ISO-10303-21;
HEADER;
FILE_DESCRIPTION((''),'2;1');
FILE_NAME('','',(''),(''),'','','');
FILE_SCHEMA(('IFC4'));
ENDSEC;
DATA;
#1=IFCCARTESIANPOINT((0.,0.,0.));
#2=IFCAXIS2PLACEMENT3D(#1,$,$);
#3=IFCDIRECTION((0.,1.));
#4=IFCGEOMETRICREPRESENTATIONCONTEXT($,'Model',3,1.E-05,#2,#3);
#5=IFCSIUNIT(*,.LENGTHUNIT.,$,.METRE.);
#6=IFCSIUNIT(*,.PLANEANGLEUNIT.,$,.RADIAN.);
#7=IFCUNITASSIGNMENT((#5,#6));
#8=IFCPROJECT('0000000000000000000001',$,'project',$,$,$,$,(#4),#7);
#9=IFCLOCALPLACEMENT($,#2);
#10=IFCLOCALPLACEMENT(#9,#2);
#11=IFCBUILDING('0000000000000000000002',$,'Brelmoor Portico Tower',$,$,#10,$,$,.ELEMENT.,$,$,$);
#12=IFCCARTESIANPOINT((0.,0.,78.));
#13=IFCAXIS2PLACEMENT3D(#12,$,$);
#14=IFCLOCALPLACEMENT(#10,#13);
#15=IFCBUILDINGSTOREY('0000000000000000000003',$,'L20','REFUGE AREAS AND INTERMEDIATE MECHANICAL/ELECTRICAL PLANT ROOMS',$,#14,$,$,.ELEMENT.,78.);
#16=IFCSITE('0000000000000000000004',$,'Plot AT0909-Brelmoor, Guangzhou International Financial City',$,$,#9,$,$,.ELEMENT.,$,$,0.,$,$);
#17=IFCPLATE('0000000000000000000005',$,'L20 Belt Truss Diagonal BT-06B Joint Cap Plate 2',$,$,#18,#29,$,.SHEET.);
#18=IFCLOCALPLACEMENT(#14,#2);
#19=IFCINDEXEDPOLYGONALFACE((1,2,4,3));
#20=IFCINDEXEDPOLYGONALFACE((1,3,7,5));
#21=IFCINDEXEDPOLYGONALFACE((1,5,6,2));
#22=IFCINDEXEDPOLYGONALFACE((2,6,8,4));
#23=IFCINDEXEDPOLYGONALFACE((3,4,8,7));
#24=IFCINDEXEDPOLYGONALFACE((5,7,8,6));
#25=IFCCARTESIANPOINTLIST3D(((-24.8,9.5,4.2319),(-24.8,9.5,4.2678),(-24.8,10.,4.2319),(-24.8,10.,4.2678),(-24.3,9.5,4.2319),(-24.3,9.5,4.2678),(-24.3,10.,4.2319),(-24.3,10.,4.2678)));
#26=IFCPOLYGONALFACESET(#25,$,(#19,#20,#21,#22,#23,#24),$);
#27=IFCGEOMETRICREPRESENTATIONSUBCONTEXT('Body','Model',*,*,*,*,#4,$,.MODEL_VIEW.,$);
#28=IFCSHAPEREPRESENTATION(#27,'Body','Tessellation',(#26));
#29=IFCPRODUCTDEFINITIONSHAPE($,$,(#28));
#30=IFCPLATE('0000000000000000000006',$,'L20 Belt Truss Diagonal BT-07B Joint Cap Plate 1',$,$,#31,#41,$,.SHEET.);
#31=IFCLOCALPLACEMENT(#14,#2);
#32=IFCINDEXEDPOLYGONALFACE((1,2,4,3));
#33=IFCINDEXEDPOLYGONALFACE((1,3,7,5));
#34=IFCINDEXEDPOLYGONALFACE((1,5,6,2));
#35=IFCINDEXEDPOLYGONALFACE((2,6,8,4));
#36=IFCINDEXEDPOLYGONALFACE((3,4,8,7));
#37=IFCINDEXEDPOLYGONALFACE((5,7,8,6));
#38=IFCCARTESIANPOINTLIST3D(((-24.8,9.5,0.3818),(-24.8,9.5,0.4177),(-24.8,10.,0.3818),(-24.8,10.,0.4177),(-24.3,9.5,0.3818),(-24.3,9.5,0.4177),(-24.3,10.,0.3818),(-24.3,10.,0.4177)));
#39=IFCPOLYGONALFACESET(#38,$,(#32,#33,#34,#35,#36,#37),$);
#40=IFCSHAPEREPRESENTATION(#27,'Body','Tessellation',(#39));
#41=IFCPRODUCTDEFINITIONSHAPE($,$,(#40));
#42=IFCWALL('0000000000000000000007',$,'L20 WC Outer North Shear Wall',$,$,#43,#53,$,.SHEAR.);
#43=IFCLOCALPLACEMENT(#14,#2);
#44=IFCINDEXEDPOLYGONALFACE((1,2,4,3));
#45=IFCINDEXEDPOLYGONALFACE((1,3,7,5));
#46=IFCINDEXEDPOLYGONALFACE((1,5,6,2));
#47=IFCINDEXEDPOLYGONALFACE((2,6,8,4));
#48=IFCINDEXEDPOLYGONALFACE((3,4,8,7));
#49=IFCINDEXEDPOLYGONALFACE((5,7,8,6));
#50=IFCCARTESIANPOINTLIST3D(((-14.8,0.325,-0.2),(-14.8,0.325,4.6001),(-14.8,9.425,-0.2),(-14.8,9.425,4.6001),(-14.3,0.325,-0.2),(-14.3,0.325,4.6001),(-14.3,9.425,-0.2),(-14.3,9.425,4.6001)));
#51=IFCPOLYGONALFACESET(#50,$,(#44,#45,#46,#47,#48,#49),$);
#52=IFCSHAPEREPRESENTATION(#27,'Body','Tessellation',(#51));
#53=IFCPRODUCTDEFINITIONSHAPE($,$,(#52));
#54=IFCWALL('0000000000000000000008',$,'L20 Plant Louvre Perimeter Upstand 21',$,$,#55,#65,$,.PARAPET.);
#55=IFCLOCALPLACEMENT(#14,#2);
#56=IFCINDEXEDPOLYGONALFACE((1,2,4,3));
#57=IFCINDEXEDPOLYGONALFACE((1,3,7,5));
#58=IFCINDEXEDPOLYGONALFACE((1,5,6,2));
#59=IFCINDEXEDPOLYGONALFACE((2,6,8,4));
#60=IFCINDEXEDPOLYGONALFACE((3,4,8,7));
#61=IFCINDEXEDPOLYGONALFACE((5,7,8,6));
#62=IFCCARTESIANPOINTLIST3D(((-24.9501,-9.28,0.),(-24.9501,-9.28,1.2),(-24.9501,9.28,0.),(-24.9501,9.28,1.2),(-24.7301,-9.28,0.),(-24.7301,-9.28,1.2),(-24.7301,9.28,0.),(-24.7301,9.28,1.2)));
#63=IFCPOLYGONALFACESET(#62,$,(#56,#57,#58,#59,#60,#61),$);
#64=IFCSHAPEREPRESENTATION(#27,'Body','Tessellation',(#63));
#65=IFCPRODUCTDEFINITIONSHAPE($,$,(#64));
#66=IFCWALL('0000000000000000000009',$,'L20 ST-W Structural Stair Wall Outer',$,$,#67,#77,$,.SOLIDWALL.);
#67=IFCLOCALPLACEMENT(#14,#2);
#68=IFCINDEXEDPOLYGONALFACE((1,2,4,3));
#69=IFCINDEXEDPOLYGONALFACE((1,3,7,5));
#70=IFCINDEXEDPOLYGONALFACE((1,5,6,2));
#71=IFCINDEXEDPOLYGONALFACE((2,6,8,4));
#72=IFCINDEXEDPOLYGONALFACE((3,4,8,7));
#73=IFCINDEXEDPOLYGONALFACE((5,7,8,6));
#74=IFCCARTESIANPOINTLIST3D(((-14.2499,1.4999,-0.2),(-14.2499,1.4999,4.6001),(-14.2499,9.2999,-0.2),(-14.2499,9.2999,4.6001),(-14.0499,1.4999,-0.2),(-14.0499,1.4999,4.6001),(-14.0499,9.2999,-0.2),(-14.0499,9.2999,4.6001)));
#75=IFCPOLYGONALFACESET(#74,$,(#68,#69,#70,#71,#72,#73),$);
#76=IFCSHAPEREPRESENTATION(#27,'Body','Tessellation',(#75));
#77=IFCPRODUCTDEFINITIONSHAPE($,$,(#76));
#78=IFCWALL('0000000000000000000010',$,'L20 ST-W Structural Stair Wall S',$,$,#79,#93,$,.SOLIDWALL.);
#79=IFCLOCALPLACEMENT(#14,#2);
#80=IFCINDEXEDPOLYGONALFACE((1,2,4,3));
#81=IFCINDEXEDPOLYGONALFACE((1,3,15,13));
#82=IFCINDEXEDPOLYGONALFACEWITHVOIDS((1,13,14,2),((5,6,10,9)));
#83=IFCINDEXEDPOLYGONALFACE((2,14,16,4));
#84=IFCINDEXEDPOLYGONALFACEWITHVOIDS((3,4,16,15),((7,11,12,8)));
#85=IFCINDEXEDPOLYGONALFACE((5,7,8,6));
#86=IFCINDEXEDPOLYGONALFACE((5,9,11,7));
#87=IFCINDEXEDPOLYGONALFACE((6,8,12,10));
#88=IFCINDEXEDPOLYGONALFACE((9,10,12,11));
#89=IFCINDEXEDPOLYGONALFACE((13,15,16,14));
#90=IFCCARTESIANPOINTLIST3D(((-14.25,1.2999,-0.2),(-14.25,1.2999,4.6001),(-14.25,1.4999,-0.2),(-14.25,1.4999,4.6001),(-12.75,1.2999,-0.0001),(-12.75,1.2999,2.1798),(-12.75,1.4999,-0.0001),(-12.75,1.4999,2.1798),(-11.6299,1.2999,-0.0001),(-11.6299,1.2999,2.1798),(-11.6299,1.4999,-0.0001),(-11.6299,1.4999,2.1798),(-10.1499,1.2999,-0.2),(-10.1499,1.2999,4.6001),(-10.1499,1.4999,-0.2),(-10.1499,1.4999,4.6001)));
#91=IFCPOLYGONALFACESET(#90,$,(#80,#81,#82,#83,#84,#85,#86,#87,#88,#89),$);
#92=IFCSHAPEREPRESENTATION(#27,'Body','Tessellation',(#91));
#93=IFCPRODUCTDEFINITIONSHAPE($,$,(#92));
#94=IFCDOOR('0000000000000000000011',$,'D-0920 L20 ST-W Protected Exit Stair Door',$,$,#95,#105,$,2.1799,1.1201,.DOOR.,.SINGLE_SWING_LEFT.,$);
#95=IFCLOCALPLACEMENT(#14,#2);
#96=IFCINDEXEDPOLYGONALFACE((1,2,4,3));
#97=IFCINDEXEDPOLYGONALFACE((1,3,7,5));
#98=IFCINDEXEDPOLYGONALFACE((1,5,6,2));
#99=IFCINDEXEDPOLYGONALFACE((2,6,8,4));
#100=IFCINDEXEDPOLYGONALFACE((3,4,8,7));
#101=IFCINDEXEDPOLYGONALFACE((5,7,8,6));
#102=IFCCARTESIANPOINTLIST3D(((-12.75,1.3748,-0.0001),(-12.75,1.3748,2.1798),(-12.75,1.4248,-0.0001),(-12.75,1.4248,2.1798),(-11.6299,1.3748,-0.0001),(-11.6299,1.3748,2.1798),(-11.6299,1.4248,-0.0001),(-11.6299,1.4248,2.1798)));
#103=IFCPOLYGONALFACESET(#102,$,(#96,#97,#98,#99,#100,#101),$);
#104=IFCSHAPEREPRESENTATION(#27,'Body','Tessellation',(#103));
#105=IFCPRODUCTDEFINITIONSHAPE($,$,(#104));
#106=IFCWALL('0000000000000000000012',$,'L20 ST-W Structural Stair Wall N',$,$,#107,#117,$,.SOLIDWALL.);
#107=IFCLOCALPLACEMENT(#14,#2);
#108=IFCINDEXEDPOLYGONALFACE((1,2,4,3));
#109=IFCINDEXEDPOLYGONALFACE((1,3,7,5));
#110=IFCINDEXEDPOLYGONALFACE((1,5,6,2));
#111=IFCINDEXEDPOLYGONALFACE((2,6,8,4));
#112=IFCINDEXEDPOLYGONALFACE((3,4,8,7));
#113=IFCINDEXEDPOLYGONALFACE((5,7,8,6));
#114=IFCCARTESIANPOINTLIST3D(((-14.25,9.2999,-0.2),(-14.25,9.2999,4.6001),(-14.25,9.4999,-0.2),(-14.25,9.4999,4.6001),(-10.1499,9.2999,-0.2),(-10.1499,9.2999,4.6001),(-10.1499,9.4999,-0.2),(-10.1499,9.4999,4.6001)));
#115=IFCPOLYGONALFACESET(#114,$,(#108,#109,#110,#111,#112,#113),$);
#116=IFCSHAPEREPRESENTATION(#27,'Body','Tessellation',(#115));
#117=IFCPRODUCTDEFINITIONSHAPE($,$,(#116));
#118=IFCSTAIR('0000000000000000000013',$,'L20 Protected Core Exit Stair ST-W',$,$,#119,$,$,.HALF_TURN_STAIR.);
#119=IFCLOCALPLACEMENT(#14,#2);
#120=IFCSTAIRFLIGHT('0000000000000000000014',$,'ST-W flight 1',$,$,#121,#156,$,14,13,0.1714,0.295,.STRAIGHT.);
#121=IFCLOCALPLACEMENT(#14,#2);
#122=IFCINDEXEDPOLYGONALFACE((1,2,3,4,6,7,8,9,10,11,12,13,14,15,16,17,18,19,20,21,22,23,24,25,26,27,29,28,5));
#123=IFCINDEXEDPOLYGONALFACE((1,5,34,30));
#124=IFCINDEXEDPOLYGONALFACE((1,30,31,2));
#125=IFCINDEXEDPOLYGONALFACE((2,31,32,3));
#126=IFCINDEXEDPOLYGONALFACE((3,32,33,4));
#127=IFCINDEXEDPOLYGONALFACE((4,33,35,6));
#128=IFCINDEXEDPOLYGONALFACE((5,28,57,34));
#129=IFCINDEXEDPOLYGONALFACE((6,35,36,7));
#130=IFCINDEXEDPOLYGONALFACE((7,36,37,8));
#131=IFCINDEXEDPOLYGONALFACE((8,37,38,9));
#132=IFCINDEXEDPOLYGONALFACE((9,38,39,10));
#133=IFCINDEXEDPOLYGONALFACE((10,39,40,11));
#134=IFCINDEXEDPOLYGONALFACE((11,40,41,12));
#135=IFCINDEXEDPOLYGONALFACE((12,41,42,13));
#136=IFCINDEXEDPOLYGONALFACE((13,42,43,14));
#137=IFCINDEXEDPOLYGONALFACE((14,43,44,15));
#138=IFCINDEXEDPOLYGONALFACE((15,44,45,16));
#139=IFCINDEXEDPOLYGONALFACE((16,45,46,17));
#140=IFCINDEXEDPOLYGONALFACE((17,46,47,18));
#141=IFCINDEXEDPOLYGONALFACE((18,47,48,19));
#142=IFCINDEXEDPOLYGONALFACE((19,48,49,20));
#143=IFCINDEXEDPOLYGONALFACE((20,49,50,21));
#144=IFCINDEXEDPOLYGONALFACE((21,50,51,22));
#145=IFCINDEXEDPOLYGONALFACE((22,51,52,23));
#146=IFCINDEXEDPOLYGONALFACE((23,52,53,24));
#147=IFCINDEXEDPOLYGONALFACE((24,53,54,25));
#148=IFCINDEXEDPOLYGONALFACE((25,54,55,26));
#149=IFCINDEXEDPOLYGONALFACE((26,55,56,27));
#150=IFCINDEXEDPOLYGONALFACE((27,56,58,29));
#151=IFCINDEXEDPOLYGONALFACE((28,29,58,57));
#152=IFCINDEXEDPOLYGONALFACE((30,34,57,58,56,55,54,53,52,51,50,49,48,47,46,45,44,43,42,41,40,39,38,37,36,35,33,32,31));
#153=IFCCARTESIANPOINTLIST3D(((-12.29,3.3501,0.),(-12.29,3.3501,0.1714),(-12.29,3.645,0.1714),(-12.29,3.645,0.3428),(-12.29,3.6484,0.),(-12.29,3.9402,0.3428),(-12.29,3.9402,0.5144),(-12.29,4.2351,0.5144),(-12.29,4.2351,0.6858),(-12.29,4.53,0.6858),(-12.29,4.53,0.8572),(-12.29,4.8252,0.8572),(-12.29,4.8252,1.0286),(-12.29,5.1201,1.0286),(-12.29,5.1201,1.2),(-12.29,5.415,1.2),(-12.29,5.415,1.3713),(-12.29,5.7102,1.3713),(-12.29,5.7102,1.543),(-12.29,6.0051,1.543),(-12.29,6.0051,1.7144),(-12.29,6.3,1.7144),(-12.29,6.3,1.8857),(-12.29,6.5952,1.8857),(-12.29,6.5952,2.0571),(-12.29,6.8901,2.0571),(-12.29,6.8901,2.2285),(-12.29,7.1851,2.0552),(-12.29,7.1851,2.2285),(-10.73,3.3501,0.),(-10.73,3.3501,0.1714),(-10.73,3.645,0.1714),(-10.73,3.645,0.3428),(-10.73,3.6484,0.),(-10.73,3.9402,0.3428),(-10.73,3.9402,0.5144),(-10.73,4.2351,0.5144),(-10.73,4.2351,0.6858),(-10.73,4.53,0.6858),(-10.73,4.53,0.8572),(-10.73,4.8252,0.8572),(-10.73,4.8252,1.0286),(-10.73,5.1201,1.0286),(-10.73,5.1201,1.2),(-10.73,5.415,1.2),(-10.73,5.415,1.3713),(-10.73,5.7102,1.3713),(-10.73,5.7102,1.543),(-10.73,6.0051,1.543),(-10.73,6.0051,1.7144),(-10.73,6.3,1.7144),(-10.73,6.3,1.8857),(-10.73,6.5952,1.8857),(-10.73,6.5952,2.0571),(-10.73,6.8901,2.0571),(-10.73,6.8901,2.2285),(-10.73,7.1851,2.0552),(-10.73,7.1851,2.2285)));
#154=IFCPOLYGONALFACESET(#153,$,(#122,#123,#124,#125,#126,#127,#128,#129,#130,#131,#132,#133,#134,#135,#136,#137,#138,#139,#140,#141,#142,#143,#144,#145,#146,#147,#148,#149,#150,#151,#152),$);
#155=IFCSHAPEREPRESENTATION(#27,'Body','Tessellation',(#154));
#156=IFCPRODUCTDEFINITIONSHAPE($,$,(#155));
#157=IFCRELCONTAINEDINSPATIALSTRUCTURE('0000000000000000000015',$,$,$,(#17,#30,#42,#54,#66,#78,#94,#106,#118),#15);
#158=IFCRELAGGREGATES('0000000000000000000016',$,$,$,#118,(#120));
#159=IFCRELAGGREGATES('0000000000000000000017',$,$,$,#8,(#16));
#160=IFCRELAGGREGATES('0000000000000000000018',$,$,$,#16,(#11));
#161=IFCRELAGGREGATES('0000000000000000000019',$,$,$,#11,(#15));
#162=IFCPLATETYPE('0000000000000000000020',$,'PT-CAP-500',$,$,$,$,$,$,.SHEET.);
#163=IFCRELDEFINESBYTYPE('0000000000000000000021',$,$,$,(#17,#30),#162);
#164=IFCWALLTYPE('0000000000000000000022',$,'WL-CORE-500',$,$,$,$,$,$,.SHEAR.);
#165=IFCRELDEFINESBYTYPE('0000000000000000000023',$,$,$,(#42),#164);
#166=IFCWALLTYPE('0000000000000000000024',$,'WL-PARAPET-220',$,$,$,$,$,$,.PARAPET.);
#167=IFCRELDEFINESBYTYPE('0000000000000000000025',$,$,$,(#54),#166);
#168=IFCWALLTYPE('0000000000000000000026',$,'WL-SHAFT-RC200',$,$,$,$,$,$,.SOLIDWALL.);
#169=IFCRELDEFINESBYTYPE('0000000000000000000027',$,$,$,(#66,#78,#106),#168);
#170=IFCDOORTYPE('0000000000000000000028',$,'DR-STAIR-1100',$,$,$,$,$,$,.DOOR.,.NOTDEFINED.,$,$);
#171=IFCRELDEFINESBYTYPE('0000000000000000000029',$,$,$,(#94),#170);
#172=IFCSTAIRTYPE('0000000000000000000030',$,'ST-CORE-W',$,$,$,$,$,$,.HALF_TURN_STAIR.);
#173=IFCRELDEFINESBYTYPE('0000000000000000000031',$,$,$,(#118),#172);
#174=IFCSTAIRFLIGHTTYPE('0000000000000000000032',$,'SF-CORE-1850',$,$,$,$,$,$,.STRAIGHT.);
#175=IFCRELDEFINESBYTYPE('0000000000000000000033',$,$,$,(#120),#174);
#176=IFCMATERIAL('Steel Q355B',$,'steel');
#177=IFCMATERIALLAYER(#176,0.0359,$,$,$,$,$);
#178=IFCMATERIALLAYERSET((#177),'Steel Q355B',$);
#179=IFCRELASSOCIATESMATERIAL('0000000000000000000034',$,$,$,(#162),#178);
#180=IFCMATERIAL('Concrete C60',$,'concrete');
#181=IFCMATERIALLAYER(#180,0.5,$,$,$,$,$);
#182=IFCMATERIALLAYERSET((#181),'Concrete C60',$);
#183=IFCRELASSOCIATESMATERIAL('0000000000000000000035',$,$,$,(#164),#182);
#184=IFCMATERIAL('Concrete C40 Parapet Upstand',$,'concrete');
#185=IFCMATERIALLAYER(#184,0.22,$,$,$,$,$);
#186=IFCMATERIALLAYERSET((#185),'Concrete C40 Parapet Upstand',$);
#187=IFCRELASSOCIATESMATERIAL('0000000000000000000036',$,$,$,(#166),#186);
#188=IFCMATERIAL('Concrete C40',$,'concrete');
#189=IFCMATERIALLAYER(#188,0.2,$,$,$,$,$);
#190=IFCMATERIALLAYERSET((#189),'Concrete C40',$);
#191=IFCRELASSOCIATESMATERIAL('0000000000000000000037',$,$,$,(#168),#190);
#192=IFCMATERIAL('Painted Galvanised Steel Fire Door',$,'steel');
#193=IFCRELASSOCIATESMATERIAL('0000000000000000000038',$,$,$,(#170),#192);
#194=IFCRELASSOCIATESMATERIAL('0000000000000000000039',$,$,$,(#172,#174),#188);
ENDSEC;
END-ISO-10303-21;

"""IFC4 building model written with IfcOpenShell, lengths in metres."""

from ifc_helpers import new_model, si_unit, direction, frame, frame_2d, origin, origin_2d, place, context, subcontext, project, spatial, polyline, rectangle, outline, extrude, material, layer, layer_set, type_object, element, fill, aggregate, save


model = new_model("IFC4")

# Units and contexts
model_context = context("Model", 3, precision=1e-05, world=origin(), true_north=direction((0.0, 1.0)))
body_context = subcontext(model_context, "Body", "Model", "MODEL_VIEW")
ifc_project = project(units=[si_unit("LENGTHUNIT", "METRE"), si_unit("PLANEANGLEUNIT", "RADIAN")], contexts=[model_context])

# Site, building, storey
site_placement = place(None, origin())
site = spatial("IfcSite", under=ifc_project, at=site_placement, Name="Plot AT0909-Brelmoor, Guangzhou International Financial City", CompositionType="ELEMENT", RefElevation=0.0)
building_placement = place(site_placement, origin())
building = spatial("IfcBuilding", under=site, at=building_placement, Name="Brelmoor Portico Tower", CompositionType="ELEMENT")
storey_placement = place(building_placement, frame((0.0, 0.0, 78.0)))
storey = spatial("IfcBuildingStorey", under=building, at=storey_placement, Name="L20", Description="REFUGE AREAS AND INTERMEDIATE MECHANICAL/ELECTRICAL PLANT ROOMS", CompositionType="ELEMENT", Elevation=78.0)

# Shared definitions
ifc_material_1 = material(Name="Steel Q355B", Category="steel")

# Plates
ifc_layer_1 = layer(ifc_material_1, 0.0359)
ifc_layer_set_1 = layer_set([ifc_layer_1], Name="Steel Q355B")
plate_type = type_object("IfcPlateType", Name="PT-CAP-500", PredefinedType="SHEET", material=ifc_layer_set_1)
for number, where, z_axis, x_axis, name in (
    (1, (-24.55, 9.75, 4.2319), (0.0, 0.0, 1.0), (1.0, 0.0, 0.0), "L20 Belt Truss Diagonal BT-06B Joint Cap Plate 2"),
    (2, (-24.55, 9.75, 0.3818), (0.0, 0.0, 1.0), (1.0, 0.0, 0.0), "L20 Belt Truss Diagonal BT-07B Joint Cap Plate 1"),
):
    element("IfcPlate", number, at=place(storey_placement, frame(where, z_axis=z_axis, x_axis=x_axis)), inside=storey, type_object=plate_type, Name=name, PredefinedType="SHEET", context=body_context, shape_type="SweptSolid", body=[
        extrude(rectangle(XDim=0.5, YDim=0.5, at=origin_2d()), origin(), (0.0, 0.0, 1.0), 0.0359),
    ])

# Walls
ifc_material_2 = material(Name="Concrete C60", Category="concrete")
ifc_layer_2 = layer(ifc_material_2, 0.5)
ifc_layer_set_2 = layer_set([ifc_layer_2], Name="Concrete C60")
wall_type_1 = type_object("IfcWallType", Name="WL-CORE-500", PredefinedType="SHEAR", material=ifc_layer_set_2)
wall_1_placement = place(storey_placement, frame((-14.55, 0.325, -0.2), z_axis=(0.0, 0.0, 1.0), x_axis=(0.0, 1.0, 0.0)))
element("IfcWall", 3, at=wall_1_placement, inside=storey, type_object=wall_type_1, Name="L20 WC Outer North Shear Wall", PredefinedType="SHEAR", context=body_context, shape_type="SweptSolid", body=[
    extrude(rectangle(XDim=9.1001, YDim=0.5, at=frame_2d((4.55, 0.0))), origin(), (0.0, 0.0, 1.0), 4.8),
])
ifc_material_3 = material(Name="Concrete C40 Parapet Upstand", Category="concrete")
ifc_layer_3 = layer(ifc_material_3, 0.22)
ifc_layer_set_3 = layer_set([ifc_layer_3], Name="Concrete C40 Parapet Upstand")
wall_type_2 = type_object("IfcWallType", Name="WL-PARAPET-220", PredefinedType="PARAPET", material=ifc_layer_set_3)
wall_2_placement = place(storey_placement, frame((-24.8401, 9.28, 0.0), z_axis=(0.0, 0.0, 1.0), x_axis=(0.0, -1.0, 0.0)))
element("IfcWall", 4, at=wall_2_placement, inside=storey, type_object=wall_type_2, Name="L20 Plant Louvre Perimeter Upstand 21", PredefinedType="PARAPET", context=body_context, shape_type="SweptSolid", body=[
    extrude(rectangle(XDim=18.5601, YDim=0.22, at=frame_2d((9.28, 0.0))), origin(), (0.0, 0.0, 1.0), 1.2),
])
ifc_material_4 = material(Name="Concrete C40", Category="concrete")
ifc_layer_4 = layer(ifc_material_4, 0.2)
ifc_layer_set_4 = layer_set([ifc_layer_4], Name="Concrete C40")
wall_type_3 = type_object("IfcWallType", Name="WL-SHAFT-RC200", PredefinedType="SOLIDWALL", material=ifc_layer_set_4)
wall_3_placement = place(storey_placement, frame((-14.1499, 1.5, -0.2), z_axis=(0.0, 0.0, 1.0), x_axis=(0.0, 1.0, 0.0)))
element("IfcWall", 5, at=wall_3_placement, inside=storey, type_object=wall_type_3, Name="L20 ST-W Structural Stair Wall Outer", PredefinedType="SOLIDWALL", context=body_context, shape_type="SweptSolid", body=[
    extrude(rectangle(XDim=7.8, YDim=0.2, at=frame_2d((3.8999, 0.0))), origin(), (0.0, 0.0, 1.0), 4.8),
])

# Wall, opening, door
wall_4_placement = place(storey_placement, frame((-14.25, 1.3999, -0.2), z_axis=(0.0, 0.0, 1.0), x_axis=(1.0, 0.0, 0.0)))
wall_4 = element("IfcWall", 6, at=wall_4_placement, inside=storey, type_object=wall_type_3, Name="L20 ST-W Structural Stair Wall S", PredefinedType="SOLIDWALL", context=body_context, shape_type="SweptSolid", body=[
    extrude(rectangle(XDim=4.1001, YDim=0.2, at=frame_2d((2.05, 0.0))), origin(), (0.0, 0.0, 1.0), 4.8),
])
opening_placement = place(wall_4_placement, frame((1.5, 0.0, 0.2)))
opening = element("IfcOpeningElement", 7, at=opening_placement, cuts=wall_4, PredefinedType="OPENING", context=body_context, shape_type="SweptSolid", body=[
    extrude(rectangle(XDim=1.1201, YDim=2.1799, at=frame_2d((0.5601, 1.0898))), frame((0.0, 0.1099, 0.0), z_axis=(0.0, -1.0, 0.0), x_axis=(1.0, 0.0, 0.0)), (0.0, 0.0, 1.0), 0.22),
])
ifc_material_5 = material(Name="Painted Galvanised Steel Fire Door", Category="steel")
door_type = type_object("IfcDoorType", Name="DR-STAIR-1100", OperationType="NOTDEFINED", PredefinedType="DOOR", material=ifc_material_5)
door_placement = place(opening_placement, origin())
door = element("IfcDoor", 8, at=door_placement, inside=storey, type_object=door_type, Name="D-0920 L20 ST-W Protected Exit Stair Door", OperationType="SINGLE_SWING_LEFT", OverallHeight=2.1799, OverallWidth=1.1201, PredefinedType="DOOR", context=body_context, shape_type="SweptSolid", body=[
    extrude(rectangle(XDim=1.1201, YDim=2.1799, at=frame_2d((0.5601, 1.0898))), frame((0.0, 0.0249, 0.0), z_axis=(0.0, -1.0, 0.0), x_axis=(1.0, 0.0, 0.0)), (0.0, 0.0, 1.0), 0.05),
])
fill(opening, door)

# Wall
wall_5_placement = place(storey_placement, frame((-14.25, 9.3999, -0.2), z_axis=(0.0, 0.0, 1.0), x_axis=(1.0, 0.0, 0.0)))
element("IfcWall", 9, at=wall_5_placement, inside=storey, type_object=wall_type_3, Name="L20 ST-W Structural Stair Wall N", PredefinedType="SOLIDWALL", context=body_context, shape_type="SweptSolid", body=[
    extrude(rectangle(XDim=4.1001, YDim=0.2, at=frame_2d((2.05, 0.0))), origin(), (0.0, 0.0, 1.0), 4.8),
])

# Stair, stair flight
stair_type = type_object("IfcStairType", Name="ST-CORE-W", PredefinedType="HALF_TURN_STAIR", material=ifc_material_4)
stair_placement = place(storey_placement, origin())
stair = element("IfcStair", 10, at=stair_placement, inside=storey, type_object=stair_type, Name="L20 Protected Core Exit Stair ST-W", PredefinedType="HALF_TURN_STAIR")
stair_flight_type = type_object("IfcStairFlightType", Name="SF-CORE-1850", PredefinedType="STRAIGHT", material=ifc_material_4)
stair_flight_1_placement = place(storey_placement, frame((-11.51, 3.3501, 0.0), z_axis=(0.0, 0.0, 1.0), x_axis=(0.0, 1.0, 0.0)))
stair_flight_1 = element("IfcStairFlight", 11, at=stair_flight_1_placement, type_object=stair_flight_type, Name="ST-W flight 1", NumberOfRisers=14, NumberOfTreads=13, PredefinedType="STRAIGHT", RiserHeight=0.1714, TreadLength=0.295, context=body_context, shape_type="SweptSolid", body=[
    extrude(outline(polyline([(0.0, 0.0), (0.0, 0.1714), (0.2949, 0.1714), (0.2949, 0.3428), (0.5901, 0.3428), (0.5901, 0.5144), (0.885, 0.5144), (0.885, 0.6858), (1.1799, 0.6858), (1.1799, 0.8572), (1.4751, 0.8572), (1.4751, 1.0286), (1.77, 1.0286), (1.77, 1.2), (2.0649, 1.2), (2.0649, 1.3713), (2.3601, 1.3713), (2.3601, 1.543), (2.655, 1.543), (2.655, 1.7144), (2.95, 1.7144), (2.95, 1.8857), (3.2451, 1.8857), (3.2451, 2.0571), (3.54, 2.0571), (3.54, 2.2285), (3.835, 2.2285), (3.835, 2.3999), (3.835, 2.0552), (0.2983, 0.0), (0.0, 0.0)])), frame((0.0, 0.78, 0.0), z_axis=(0.0, -1.0, 0.0), x_axis=(1.0, 0.0, 0.0)), (0.0, 0.0, 1.0), 1.5601),
])
aggregate(stair, [stair_flight_1])

save(model, "model.ifc")
